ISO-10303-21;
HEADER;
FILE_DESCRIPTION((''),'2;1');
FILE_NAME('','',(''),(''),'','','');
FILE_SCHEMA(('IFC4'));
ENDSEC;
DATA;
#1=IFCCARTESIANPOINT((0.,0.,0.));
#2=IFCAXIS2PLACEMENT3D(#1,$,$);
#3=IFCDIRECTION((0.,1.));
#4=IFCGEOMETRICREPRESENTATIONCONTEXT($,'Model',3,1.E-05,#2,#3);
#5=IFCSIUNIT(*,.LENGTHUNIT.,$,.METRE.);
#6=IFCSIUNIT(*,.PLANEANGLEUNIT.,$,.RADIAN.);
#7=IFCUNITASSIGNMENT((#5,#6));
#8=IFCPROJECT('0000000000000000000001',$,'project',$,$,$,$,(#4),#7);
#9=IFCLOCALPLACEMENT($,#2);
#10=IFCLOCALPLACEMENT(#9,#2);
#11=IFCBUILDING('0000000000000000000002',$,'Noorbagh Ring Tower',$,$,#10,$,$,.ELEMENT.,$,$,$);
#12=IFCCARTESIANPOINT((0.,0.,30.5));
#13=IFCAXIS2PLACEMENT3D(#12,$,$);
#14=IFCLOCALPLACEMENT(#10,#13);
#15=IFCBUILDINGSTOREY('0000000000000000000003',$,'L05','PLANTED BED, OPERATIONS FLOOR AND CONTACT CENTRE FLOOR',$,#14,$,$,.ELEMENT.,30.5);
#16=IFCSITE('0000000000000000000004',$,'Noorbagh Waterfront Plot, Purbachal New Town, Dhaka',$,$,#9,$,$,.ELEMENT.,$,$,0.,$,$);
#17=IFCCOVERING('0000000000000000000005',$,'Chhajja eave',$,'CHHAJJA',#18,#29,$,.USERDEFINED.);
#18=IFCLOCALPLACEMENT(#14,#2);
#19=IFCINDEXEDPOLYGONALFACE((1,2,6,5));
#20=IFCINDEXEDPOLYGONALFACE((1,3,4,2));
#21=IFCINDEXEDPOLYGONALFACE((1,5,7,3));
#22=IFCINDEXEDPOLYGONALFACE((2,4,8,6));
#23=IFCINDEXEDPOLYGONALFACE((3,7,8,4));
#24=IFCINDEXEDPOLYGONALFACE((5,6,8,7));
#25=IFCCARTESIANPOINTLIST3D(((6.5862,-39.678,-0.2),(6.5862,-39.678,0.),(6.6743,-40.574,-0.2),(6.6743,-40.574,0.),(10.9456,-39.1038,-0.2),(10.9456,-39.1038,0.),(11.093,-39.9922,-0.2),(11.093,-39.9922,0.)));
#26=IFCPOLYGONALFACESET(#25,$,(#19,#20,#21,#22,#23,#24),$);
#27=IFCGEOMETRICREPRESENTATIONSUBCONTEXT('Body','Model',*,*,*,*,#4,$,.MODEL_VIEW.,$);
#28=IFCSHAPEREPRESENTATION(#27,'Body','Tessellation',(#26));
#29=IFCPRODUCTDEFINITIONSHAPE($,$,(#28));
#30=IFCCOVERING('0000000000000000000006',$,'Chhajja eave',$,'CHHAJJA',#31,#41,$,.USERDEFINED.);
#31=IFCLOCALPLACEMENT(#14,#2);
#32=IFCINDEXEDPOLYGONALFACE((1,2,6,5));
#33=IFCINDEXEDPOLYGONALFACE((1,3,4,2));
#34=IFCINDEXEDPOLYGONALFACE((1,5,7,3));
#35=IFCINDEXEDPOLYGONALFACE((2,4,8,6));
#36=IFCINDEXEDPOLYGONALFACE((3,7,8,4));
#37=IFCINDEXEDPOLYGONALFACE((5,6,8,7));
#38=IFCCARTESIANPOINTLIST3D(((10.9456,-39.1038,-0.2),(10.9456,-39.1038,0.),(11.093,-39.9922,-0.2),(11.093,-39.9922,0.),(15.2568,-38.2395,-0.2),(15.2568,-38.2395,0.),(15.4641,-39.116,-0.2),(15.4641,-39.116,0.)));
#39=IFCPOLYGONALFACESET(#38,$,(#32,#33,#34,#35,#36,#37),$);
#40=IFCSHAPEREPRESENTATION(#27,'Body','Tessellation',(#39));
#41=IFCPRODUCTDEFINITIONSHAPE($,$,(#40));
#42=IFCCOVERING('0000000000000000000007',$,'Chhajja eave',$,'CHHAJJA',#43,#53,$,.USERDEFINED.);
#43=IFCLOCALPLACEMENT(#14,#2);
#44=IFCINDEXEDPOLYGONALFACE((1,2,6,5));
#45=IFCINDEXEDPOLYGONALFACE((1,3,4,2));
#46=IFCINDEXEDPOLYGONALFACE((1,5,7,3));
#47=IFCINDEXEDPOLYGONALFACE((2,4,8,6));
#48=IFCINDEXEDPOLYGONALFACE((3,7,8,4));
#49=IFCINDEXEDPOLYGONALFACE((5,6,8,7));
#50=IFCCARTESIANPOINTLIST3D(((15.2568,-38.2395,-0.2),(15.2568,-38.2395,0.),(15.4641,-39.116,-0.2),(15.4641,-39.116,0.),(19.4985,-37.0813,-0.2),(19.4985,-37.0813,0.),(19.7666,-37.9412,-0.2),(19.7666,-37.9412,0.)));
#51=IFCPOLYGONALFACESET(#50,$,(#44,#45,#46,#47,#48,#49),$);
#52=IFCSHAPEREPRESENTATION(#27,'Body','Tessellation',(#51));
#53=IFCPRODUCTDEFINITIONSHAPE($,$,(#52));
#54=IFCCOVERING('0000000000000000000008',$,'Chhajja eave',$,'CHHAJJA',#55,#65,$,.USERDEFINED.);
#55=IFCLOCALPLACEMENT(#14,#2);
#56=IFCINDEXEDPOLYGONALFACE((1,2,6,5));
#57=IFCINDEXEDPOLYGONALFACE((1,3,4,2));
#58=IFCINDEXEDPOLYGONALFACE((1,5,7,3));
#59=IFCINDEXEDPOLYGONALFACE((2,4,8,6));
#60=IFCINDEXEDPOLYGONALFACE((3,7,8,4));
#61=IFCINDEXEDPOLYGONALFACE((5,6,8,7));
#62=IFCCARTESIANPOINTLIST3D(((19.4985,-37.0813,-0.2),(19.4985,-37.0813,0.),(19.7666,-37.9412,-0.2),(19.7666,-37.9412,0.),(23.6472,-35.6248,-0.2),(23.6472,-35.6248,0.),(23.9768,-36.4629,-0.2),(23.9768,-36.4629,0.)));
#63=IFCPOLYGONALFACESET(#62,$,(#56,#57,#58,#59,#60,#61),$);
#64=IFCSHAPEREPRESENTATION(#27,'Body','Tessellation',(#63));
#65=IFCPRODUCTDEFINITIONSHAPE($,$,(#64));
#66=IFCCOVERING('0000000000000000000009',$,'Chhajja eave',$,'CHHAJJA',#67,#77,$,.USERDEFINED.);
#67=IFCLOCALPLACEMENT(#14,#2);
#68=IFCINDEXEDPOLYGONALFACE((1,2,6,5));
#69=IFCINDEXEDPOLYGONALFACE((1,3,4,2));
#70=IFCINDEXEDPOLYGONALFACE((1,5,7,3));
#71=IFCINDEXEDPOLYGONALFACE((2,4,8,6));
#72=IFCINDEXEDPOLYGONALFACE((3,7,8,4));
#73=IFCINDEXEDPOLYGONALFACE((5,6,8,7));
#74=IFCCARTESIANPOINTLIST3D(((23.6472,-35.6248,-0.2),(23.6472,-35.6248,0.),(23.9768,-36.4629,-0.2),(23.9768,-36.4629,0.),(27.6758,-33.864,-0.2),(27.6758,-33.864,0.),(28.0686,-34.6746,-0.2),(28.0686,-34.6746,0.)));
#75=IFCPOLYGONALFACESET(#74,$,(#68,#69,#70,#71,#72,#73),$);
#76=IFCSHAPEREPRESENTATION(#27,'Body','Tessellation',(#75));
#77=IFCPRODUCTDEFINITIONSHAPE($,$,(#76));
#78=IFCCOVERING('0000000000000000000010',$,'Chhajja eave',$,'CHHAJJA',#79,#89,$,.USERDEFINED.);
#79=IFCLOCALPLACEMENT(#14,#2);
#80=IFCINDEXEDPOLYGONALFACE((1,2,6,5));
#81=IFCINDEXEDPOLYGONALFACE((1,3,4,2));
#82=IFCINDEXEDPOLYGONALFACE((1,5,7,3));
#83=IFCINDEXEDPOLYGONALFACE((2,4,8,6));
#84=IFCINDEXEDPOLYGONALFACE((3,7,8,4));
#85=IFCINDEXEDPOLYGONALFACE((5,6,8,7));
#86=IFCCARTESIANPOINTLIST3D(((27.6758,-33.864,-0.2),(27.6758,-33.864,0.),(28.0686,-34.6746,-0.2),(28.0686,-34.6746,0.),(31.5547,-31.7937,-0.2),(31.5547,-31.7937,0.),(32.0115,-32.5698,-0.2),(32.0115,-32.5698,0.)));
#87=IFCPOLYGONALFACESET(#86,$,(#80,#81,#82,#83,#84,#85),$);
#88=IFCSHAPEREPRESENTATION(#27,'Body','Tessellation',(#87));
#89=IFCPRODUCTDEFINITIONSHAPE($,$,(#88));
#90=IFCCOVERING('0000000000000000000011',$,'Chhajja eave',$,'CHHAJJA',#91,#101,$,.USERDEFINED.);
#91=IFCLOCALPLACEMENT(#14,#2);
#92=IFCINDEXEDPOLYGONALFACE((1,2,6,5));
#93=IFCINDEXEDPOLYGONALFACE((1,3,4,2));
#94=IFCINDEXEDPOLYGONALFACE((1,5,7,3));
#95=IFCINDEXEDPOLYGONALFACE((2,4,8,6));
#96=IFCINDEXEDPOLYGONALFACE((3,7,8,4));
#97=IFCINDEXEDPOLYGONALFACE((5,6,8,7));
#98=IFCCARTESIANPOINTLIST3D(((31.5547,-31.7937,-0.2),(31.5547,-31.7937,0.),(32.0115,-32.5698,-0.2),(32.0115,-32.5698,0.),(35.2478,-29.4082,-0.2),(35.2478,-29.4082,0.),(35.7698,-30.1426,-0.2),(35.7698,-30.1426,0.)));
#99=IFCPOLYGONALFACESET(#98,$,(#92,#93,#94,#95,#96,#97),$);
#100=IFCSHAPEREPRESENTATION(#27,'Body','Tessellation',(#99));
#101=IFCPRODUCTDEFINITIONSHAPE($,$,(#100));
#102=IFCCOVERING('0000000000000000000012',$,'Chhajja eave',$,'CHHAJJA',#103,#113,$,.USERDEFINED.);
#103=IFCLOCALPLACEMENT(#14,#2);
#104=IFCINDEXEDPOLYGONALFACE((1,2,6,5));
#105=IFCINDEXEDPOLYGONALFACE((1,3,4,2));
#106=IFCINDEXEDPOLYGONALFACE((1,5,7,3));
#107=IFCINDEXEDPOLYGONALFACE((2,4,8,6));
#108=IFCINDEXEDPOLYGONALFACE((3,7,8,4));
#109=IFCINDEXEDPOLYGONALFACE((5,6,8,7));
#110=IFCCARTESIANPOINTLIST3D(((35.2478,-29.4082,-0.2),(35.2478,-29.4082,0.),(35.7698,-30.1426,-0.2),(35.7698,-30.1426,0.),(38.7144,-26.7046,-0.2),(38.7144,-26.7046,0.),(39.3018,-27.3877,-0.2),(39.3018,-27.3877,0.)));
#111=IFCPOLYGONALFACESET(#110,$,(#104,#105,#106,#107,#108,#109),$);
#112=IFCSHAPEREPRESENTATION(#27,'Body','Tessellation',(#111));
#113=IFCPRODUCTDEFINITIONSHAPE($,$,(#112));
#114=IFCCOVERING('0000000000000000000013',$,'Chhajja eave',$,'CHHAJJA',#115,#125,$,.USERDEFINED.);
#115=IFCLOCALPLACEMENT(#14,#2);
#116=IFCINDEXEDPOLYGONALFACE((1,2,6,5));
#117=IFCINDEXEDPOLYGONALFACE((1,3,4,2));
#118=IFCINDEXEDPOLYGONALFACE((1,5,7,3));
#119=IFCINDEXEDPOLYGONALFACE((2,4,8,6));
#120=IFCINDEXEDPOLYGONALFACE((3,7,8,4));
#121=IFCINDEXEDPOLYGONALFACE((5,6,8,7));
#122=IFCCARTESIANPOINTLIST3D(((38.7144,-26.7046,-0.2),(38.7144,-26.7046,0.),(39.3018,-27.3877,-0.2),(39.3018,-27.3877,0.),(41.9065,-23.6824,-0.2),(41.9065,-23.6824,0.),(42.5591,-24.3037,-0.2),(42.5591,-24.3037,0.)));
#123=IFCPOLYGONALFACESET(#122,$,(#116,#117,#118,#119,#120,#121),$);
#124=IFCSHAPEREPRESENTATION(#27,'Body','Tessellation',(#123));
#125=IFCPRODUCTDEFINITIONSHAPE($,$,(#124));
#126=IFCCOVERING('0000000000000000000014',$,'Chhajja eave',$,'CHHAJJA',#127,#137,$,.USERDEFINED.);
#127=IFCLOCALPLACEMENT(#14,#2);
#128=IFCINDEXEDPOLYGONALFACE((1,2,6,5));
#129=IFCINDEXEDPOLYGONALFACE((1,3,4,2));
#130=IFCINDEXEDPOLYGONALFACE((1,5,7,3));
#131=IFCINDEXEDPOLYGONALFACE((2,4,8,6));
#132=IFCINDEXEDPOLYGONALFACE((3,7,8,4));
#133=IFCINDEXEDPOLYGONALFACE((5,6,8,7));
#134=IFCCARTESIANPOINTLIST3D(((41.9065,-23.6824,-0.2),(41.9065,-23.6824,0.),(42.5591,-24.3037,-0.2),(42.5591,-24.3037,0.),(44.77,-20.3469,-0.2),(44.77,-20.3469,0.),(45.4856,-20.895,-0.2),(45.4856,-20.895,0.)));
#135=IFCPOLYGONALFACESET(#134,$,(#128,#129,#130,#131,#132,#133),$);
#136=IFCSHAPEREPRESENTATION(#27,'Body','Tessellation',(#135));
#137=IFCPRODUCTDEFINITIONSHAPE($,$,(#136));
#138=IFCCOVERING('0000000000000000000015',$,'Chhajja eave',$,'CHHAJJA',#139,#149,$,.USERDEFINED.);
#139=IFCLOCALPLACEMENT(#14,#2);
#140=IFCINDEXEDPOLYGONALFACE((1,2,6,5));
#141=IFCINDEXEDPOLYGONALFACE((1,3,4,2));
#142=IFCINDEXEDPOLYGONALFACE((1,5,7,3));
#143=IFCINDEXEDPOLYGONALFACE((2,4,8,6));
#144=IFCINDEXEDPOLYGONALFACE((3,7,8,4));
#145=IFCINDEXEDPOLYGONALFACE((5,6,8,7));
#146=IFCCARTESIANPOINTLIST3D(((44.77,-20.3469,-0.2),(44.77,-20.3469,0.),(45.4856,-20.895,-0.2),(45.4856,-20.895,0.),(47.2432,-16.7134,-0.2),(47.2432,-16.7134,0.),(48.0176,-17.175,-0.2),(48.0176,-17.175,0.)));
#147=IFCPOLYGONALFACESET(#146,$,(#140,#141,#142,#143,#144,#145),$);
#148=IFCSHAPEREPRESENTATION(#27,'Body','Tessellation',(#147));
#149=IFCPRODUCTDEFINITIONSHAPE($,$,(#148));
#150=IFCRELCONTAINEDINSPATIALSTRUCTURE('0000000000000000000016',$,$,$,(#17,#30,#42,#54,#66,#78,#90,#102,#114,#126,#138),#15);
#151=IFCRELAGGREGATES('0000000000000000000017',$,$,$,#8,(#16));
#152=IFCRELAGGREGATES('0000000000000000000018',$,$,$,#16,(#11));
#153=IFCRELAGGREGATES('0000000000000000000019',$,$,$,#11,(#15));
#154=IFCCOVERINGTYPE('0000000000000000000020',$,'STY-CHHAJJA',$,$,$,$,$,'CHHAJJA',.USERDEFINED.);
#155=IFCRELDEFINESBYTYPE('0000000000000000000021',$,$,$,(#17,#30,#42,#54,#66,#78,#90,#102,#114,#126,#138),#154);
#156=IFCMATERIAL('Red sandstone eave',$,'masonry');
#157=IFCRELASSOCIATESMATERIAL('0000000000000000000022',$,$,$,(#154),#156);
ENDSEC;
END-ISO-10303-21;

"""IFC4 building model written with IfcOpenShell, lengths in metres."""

from ifc_helpers import new_model, si_unit, direction, frame, origin, place, context, subcontext, project, spatial, polyline, outline, extrude, material, type_object, element, save


model = new_model("IFC4")

# Units and contexts
model_context = context("Model", 3, precision=1e-05, world=origin(), true_north=direction((0.0, 1.0)))
body_context = subcontext(model_context, "Body", "Model", "MODEL_VIEW")
ifc_project = project(units=[si_unit("LENGTHUNIT", "METRE"), si_unit("PLANEANGLEUNIT", "RADIAN")], contexts=[model_context])

# Site, building, storey
site_placement = place(None, origin())
site = spatial("IfcSite", under=ifc_project, at=site_placement, Name="Noorbagh Waterfront Plot, Purbachal New Town, Dhaka", CompositionType="ELEMENT", RefElevation=0.0)
building_placement = place(site_placement, origin())
building = spatial("IfcBuilding", under=site, at=building_placement, Name="Noorbagh Ring Tower", CompositionType="ELEMENT")
storey_placement = place(building_placement, frame((0.0, 0.0, 30.5)))
storey = spatial("IfcBuildingStorey", under=building, at=storey_placement, Name="L05", Description="PLANTED BED, OPERATIONS FLOOR AND CONTACT CENTRE FLOOR", CompositionType="ELEMENT", Elevation=30.5)

# Coverings
ifc_material_1 = material(Name="Red sandstone eave", Category="masonry")
covering_type = type_object("IfcCoveringType", Name="STY-CHHAJJA", ElementType="CHHAJJA", PredefinedType="USERDEFINED", material=ifc_material_1)
covering_1_placement = place(storey_placement, frame((0.0, 0.0, -0.2)))
element("IfcCovering", 1, at=covering_1_placement, inside=storey, type_object=covering_type, Name="Chhajja eave", ObjectType="CHHAJJA", PredefinedType="USERDEFINED", context=body_context, shape_type="SweptSolid", body=[
    extrude(outline(polyline([(6.5862, -39.678), (10.9456, -39.1038), (11.093, -39.9922), (6.6743, -40.574), (6.5862, -39.678)])), origin(), (0.0, 0.0, 1.0), 0.2),
])
covering_2_placement = place(storey_placement, frame((0.0, 0.0, -0.2)))
element("IfcCovering", 2, at=covering_2_placement, inside=storey, type_object=covering_type, Name="Chhajja eave", ObjectType="CHHAJJA", PredefinedType="USERDEFINED", context=body_context, shape_type="SweptSolid", body=[
    extrude(outline(polyline([(10.9456, -39.1038), (15.2568, -38.2395), (15.4641, -39.116), (11.093, -39.9922), (10.9456, -39.1038)])), origin(), (0.0, 0.0, 1.0), 0.2),
])
covering_3_placement = place(storey_placement, frame((0.0, 0.0, -0.2)))
element("IfcCovering", 3, at=covering_3_placement, inside=storey, type_object=covering_type, Name="Chhajja eave", ObjectType="CHHAJJA", PredefinedType="USERDEFINED", context=body_context, shape_type="SweptSolid", body=[
    extrude(outline(polyline([(15.2568, -38.2395), (19.4985, -37.0813), (19.7666, -37.9412), (15.4641, -39.116), (15.2568, -38.2395)])), origin(), (0.0, 0.0, 1.0), 0.2),
])
covering_4_placement = place(storey_placement, frame((0.0, 0.0, -0.2)))
element("IfcCovering", 4, at=covering_4_placement, inside=storey, type_object=covering_type, Name="Chhajja eave", ObjectType="CHHAJJA", PredefinedType="USERDEFINED", context=body_context, shape_type="SweptSolid", body=[
    extrude(outline(polyline([(19.4985, -37.0813), (23.6472, -35.6248), (23.9768, -36.4629), (19.7666, -37.9412), (19.4985, -37.0813)])), origin(), (0.0, 0.0, 1.0), 0.2),
])
covering_5_placement = place(storey_placement, frame((0.0, 0.0, -0.2)))
element("IfcCovering", 5, at=covering_5_placement, inside=storey, type_object=covering_type, Name="Chhajja eave", ObjectType="CHHAJJA", PredefinedType="USERDEFINED", context=body_context, shape_type="SweptSolid", body=[
    extrude(outline(polyline([(23.6472, -35.6248), (27.6758, -33.864), (28.0686, -34.6746), (23.9768, -36.4629), (23.6472, -35.6248)])), origin(), (0.0, 0.0, 1.0), 0.2),
])
covering_6_placement = place(storey_placement, frame((0.0, 0.0, -0.2)))
element("IfcCovering", 6, at=covering_6_placement, inside=storey, type_object=covering_type, Name="Chhajja eave", ObjectType="CHHAJJA", PredefinedType="USERDEFINED", context=body_context, shape_type="SweptSolid", body=[
    extrude(outline(polyline([(27.6758, -33.864), (31.5547, -31.7937), (32.0115, -32.5698), (28.0686, -34.6746), (27.6758, -33.864)])), origin(), (0.0, 0.0, 1.0), 0.2),
])
covering_7_placement = place(storey_placement, frame((0.0, 0.0, -0.2)))
element("IfcCovering", 7, at=covering_7_placement, inside=storey, type_object=covering_type, Name="Chhajja eave", ObjectType="CHHAJJA", PredefinedType="USERDEFINED", context=body_context, shape_type="SweptSolid", body=[
    extrude(outline(polyline([(31.5547, -31.7937), (35.2478, -29.4082), (35.7698, -30.1426), (32.0115, -32.5698), (31.5547, -31.7937)])), origin(), (0.0, 0.0, 1.0), 0.2),
])
covering_8_placement = place(storey_placement, frame((0.0, 0.0, -0.2)))
element("IfcCovering", 8, at=covering_8_placement, inside=storey, type_object=covering_type, Name="Chhajja eave", ObjectType="CHHAJJA", PredefinedType="USERDEFINED", context=body_context, shape_type="SweptSolid", body=[
    extrude(outline(polyline([(35.2478, -29.4082), (38.7144, -26.7046), (39.3018, -27.3877), (35.7698, -30.1426), (35.2478, -29.4082)])), origin(), (0.0, 0.0, 1.0), 0.2),
])
covering_9_placement = place(storey_placement, frame((0.0, 0.0, -0.2)))
element("IfcCovering", 9, at=covering_9_placement, inside=storey, type_object=covering_type, Name="Chhajja eave", ObjectType="CHHAJJA", PredefinedType="USERDEFINED", context=body_context, shape_type="SweptSolid", body=[
    extrude(outline(polyline([(38.7144, -26.7046), (41.9065, -23.6824), (42.5591, -24.3037), (39.3018, -27.3877), (38.7144, -26.7046)])), origin(), (0.0, 0.0, 1.0), 0.2),
])
covering_10_placement = place(storey_placement, frame((0.0, 0.0, -0.2)))
element("IfcCovering", 10, at=covering_10_placement, inside=storey, type_object=covering_type, Name="Chhajja eave", ObjectType="CHHAJJA", PredefinedType="USERDEFINED", context=body_context, shape_type="SweptSolid", body=[
    extrude(outline(polyline([(41.9065, -23.6824), (44.77, -20.3469), (45.4856, -20.895), (42.5591, -24.3037), (41.9065, -23.6824)])), origin(), (0.0, 0.0, 1.0), 0.2),
])
covering_11_placement = place(storey_placement, frame((0.0, 0.0, -0.2)))
element("IfcCovering", 11, at=covering_11_placement, inside=storey, type_object=covering_type, Name="Chhajja eave", ObjectType="CHHAJJA", PredefinedType="USERDEFINED", context=body_context, shape_type="SweptSolid", body=[
    extrude(outline(polyline([(44.77, -20.3469), (47.2432, -16.7134), (48.0176, -17.175), (45.4856, -20.895), (44.77, -20.3469)])), origin(), (0.0, 0.0, 1.0), 0.2),
])

save(model, "model.ifc")
